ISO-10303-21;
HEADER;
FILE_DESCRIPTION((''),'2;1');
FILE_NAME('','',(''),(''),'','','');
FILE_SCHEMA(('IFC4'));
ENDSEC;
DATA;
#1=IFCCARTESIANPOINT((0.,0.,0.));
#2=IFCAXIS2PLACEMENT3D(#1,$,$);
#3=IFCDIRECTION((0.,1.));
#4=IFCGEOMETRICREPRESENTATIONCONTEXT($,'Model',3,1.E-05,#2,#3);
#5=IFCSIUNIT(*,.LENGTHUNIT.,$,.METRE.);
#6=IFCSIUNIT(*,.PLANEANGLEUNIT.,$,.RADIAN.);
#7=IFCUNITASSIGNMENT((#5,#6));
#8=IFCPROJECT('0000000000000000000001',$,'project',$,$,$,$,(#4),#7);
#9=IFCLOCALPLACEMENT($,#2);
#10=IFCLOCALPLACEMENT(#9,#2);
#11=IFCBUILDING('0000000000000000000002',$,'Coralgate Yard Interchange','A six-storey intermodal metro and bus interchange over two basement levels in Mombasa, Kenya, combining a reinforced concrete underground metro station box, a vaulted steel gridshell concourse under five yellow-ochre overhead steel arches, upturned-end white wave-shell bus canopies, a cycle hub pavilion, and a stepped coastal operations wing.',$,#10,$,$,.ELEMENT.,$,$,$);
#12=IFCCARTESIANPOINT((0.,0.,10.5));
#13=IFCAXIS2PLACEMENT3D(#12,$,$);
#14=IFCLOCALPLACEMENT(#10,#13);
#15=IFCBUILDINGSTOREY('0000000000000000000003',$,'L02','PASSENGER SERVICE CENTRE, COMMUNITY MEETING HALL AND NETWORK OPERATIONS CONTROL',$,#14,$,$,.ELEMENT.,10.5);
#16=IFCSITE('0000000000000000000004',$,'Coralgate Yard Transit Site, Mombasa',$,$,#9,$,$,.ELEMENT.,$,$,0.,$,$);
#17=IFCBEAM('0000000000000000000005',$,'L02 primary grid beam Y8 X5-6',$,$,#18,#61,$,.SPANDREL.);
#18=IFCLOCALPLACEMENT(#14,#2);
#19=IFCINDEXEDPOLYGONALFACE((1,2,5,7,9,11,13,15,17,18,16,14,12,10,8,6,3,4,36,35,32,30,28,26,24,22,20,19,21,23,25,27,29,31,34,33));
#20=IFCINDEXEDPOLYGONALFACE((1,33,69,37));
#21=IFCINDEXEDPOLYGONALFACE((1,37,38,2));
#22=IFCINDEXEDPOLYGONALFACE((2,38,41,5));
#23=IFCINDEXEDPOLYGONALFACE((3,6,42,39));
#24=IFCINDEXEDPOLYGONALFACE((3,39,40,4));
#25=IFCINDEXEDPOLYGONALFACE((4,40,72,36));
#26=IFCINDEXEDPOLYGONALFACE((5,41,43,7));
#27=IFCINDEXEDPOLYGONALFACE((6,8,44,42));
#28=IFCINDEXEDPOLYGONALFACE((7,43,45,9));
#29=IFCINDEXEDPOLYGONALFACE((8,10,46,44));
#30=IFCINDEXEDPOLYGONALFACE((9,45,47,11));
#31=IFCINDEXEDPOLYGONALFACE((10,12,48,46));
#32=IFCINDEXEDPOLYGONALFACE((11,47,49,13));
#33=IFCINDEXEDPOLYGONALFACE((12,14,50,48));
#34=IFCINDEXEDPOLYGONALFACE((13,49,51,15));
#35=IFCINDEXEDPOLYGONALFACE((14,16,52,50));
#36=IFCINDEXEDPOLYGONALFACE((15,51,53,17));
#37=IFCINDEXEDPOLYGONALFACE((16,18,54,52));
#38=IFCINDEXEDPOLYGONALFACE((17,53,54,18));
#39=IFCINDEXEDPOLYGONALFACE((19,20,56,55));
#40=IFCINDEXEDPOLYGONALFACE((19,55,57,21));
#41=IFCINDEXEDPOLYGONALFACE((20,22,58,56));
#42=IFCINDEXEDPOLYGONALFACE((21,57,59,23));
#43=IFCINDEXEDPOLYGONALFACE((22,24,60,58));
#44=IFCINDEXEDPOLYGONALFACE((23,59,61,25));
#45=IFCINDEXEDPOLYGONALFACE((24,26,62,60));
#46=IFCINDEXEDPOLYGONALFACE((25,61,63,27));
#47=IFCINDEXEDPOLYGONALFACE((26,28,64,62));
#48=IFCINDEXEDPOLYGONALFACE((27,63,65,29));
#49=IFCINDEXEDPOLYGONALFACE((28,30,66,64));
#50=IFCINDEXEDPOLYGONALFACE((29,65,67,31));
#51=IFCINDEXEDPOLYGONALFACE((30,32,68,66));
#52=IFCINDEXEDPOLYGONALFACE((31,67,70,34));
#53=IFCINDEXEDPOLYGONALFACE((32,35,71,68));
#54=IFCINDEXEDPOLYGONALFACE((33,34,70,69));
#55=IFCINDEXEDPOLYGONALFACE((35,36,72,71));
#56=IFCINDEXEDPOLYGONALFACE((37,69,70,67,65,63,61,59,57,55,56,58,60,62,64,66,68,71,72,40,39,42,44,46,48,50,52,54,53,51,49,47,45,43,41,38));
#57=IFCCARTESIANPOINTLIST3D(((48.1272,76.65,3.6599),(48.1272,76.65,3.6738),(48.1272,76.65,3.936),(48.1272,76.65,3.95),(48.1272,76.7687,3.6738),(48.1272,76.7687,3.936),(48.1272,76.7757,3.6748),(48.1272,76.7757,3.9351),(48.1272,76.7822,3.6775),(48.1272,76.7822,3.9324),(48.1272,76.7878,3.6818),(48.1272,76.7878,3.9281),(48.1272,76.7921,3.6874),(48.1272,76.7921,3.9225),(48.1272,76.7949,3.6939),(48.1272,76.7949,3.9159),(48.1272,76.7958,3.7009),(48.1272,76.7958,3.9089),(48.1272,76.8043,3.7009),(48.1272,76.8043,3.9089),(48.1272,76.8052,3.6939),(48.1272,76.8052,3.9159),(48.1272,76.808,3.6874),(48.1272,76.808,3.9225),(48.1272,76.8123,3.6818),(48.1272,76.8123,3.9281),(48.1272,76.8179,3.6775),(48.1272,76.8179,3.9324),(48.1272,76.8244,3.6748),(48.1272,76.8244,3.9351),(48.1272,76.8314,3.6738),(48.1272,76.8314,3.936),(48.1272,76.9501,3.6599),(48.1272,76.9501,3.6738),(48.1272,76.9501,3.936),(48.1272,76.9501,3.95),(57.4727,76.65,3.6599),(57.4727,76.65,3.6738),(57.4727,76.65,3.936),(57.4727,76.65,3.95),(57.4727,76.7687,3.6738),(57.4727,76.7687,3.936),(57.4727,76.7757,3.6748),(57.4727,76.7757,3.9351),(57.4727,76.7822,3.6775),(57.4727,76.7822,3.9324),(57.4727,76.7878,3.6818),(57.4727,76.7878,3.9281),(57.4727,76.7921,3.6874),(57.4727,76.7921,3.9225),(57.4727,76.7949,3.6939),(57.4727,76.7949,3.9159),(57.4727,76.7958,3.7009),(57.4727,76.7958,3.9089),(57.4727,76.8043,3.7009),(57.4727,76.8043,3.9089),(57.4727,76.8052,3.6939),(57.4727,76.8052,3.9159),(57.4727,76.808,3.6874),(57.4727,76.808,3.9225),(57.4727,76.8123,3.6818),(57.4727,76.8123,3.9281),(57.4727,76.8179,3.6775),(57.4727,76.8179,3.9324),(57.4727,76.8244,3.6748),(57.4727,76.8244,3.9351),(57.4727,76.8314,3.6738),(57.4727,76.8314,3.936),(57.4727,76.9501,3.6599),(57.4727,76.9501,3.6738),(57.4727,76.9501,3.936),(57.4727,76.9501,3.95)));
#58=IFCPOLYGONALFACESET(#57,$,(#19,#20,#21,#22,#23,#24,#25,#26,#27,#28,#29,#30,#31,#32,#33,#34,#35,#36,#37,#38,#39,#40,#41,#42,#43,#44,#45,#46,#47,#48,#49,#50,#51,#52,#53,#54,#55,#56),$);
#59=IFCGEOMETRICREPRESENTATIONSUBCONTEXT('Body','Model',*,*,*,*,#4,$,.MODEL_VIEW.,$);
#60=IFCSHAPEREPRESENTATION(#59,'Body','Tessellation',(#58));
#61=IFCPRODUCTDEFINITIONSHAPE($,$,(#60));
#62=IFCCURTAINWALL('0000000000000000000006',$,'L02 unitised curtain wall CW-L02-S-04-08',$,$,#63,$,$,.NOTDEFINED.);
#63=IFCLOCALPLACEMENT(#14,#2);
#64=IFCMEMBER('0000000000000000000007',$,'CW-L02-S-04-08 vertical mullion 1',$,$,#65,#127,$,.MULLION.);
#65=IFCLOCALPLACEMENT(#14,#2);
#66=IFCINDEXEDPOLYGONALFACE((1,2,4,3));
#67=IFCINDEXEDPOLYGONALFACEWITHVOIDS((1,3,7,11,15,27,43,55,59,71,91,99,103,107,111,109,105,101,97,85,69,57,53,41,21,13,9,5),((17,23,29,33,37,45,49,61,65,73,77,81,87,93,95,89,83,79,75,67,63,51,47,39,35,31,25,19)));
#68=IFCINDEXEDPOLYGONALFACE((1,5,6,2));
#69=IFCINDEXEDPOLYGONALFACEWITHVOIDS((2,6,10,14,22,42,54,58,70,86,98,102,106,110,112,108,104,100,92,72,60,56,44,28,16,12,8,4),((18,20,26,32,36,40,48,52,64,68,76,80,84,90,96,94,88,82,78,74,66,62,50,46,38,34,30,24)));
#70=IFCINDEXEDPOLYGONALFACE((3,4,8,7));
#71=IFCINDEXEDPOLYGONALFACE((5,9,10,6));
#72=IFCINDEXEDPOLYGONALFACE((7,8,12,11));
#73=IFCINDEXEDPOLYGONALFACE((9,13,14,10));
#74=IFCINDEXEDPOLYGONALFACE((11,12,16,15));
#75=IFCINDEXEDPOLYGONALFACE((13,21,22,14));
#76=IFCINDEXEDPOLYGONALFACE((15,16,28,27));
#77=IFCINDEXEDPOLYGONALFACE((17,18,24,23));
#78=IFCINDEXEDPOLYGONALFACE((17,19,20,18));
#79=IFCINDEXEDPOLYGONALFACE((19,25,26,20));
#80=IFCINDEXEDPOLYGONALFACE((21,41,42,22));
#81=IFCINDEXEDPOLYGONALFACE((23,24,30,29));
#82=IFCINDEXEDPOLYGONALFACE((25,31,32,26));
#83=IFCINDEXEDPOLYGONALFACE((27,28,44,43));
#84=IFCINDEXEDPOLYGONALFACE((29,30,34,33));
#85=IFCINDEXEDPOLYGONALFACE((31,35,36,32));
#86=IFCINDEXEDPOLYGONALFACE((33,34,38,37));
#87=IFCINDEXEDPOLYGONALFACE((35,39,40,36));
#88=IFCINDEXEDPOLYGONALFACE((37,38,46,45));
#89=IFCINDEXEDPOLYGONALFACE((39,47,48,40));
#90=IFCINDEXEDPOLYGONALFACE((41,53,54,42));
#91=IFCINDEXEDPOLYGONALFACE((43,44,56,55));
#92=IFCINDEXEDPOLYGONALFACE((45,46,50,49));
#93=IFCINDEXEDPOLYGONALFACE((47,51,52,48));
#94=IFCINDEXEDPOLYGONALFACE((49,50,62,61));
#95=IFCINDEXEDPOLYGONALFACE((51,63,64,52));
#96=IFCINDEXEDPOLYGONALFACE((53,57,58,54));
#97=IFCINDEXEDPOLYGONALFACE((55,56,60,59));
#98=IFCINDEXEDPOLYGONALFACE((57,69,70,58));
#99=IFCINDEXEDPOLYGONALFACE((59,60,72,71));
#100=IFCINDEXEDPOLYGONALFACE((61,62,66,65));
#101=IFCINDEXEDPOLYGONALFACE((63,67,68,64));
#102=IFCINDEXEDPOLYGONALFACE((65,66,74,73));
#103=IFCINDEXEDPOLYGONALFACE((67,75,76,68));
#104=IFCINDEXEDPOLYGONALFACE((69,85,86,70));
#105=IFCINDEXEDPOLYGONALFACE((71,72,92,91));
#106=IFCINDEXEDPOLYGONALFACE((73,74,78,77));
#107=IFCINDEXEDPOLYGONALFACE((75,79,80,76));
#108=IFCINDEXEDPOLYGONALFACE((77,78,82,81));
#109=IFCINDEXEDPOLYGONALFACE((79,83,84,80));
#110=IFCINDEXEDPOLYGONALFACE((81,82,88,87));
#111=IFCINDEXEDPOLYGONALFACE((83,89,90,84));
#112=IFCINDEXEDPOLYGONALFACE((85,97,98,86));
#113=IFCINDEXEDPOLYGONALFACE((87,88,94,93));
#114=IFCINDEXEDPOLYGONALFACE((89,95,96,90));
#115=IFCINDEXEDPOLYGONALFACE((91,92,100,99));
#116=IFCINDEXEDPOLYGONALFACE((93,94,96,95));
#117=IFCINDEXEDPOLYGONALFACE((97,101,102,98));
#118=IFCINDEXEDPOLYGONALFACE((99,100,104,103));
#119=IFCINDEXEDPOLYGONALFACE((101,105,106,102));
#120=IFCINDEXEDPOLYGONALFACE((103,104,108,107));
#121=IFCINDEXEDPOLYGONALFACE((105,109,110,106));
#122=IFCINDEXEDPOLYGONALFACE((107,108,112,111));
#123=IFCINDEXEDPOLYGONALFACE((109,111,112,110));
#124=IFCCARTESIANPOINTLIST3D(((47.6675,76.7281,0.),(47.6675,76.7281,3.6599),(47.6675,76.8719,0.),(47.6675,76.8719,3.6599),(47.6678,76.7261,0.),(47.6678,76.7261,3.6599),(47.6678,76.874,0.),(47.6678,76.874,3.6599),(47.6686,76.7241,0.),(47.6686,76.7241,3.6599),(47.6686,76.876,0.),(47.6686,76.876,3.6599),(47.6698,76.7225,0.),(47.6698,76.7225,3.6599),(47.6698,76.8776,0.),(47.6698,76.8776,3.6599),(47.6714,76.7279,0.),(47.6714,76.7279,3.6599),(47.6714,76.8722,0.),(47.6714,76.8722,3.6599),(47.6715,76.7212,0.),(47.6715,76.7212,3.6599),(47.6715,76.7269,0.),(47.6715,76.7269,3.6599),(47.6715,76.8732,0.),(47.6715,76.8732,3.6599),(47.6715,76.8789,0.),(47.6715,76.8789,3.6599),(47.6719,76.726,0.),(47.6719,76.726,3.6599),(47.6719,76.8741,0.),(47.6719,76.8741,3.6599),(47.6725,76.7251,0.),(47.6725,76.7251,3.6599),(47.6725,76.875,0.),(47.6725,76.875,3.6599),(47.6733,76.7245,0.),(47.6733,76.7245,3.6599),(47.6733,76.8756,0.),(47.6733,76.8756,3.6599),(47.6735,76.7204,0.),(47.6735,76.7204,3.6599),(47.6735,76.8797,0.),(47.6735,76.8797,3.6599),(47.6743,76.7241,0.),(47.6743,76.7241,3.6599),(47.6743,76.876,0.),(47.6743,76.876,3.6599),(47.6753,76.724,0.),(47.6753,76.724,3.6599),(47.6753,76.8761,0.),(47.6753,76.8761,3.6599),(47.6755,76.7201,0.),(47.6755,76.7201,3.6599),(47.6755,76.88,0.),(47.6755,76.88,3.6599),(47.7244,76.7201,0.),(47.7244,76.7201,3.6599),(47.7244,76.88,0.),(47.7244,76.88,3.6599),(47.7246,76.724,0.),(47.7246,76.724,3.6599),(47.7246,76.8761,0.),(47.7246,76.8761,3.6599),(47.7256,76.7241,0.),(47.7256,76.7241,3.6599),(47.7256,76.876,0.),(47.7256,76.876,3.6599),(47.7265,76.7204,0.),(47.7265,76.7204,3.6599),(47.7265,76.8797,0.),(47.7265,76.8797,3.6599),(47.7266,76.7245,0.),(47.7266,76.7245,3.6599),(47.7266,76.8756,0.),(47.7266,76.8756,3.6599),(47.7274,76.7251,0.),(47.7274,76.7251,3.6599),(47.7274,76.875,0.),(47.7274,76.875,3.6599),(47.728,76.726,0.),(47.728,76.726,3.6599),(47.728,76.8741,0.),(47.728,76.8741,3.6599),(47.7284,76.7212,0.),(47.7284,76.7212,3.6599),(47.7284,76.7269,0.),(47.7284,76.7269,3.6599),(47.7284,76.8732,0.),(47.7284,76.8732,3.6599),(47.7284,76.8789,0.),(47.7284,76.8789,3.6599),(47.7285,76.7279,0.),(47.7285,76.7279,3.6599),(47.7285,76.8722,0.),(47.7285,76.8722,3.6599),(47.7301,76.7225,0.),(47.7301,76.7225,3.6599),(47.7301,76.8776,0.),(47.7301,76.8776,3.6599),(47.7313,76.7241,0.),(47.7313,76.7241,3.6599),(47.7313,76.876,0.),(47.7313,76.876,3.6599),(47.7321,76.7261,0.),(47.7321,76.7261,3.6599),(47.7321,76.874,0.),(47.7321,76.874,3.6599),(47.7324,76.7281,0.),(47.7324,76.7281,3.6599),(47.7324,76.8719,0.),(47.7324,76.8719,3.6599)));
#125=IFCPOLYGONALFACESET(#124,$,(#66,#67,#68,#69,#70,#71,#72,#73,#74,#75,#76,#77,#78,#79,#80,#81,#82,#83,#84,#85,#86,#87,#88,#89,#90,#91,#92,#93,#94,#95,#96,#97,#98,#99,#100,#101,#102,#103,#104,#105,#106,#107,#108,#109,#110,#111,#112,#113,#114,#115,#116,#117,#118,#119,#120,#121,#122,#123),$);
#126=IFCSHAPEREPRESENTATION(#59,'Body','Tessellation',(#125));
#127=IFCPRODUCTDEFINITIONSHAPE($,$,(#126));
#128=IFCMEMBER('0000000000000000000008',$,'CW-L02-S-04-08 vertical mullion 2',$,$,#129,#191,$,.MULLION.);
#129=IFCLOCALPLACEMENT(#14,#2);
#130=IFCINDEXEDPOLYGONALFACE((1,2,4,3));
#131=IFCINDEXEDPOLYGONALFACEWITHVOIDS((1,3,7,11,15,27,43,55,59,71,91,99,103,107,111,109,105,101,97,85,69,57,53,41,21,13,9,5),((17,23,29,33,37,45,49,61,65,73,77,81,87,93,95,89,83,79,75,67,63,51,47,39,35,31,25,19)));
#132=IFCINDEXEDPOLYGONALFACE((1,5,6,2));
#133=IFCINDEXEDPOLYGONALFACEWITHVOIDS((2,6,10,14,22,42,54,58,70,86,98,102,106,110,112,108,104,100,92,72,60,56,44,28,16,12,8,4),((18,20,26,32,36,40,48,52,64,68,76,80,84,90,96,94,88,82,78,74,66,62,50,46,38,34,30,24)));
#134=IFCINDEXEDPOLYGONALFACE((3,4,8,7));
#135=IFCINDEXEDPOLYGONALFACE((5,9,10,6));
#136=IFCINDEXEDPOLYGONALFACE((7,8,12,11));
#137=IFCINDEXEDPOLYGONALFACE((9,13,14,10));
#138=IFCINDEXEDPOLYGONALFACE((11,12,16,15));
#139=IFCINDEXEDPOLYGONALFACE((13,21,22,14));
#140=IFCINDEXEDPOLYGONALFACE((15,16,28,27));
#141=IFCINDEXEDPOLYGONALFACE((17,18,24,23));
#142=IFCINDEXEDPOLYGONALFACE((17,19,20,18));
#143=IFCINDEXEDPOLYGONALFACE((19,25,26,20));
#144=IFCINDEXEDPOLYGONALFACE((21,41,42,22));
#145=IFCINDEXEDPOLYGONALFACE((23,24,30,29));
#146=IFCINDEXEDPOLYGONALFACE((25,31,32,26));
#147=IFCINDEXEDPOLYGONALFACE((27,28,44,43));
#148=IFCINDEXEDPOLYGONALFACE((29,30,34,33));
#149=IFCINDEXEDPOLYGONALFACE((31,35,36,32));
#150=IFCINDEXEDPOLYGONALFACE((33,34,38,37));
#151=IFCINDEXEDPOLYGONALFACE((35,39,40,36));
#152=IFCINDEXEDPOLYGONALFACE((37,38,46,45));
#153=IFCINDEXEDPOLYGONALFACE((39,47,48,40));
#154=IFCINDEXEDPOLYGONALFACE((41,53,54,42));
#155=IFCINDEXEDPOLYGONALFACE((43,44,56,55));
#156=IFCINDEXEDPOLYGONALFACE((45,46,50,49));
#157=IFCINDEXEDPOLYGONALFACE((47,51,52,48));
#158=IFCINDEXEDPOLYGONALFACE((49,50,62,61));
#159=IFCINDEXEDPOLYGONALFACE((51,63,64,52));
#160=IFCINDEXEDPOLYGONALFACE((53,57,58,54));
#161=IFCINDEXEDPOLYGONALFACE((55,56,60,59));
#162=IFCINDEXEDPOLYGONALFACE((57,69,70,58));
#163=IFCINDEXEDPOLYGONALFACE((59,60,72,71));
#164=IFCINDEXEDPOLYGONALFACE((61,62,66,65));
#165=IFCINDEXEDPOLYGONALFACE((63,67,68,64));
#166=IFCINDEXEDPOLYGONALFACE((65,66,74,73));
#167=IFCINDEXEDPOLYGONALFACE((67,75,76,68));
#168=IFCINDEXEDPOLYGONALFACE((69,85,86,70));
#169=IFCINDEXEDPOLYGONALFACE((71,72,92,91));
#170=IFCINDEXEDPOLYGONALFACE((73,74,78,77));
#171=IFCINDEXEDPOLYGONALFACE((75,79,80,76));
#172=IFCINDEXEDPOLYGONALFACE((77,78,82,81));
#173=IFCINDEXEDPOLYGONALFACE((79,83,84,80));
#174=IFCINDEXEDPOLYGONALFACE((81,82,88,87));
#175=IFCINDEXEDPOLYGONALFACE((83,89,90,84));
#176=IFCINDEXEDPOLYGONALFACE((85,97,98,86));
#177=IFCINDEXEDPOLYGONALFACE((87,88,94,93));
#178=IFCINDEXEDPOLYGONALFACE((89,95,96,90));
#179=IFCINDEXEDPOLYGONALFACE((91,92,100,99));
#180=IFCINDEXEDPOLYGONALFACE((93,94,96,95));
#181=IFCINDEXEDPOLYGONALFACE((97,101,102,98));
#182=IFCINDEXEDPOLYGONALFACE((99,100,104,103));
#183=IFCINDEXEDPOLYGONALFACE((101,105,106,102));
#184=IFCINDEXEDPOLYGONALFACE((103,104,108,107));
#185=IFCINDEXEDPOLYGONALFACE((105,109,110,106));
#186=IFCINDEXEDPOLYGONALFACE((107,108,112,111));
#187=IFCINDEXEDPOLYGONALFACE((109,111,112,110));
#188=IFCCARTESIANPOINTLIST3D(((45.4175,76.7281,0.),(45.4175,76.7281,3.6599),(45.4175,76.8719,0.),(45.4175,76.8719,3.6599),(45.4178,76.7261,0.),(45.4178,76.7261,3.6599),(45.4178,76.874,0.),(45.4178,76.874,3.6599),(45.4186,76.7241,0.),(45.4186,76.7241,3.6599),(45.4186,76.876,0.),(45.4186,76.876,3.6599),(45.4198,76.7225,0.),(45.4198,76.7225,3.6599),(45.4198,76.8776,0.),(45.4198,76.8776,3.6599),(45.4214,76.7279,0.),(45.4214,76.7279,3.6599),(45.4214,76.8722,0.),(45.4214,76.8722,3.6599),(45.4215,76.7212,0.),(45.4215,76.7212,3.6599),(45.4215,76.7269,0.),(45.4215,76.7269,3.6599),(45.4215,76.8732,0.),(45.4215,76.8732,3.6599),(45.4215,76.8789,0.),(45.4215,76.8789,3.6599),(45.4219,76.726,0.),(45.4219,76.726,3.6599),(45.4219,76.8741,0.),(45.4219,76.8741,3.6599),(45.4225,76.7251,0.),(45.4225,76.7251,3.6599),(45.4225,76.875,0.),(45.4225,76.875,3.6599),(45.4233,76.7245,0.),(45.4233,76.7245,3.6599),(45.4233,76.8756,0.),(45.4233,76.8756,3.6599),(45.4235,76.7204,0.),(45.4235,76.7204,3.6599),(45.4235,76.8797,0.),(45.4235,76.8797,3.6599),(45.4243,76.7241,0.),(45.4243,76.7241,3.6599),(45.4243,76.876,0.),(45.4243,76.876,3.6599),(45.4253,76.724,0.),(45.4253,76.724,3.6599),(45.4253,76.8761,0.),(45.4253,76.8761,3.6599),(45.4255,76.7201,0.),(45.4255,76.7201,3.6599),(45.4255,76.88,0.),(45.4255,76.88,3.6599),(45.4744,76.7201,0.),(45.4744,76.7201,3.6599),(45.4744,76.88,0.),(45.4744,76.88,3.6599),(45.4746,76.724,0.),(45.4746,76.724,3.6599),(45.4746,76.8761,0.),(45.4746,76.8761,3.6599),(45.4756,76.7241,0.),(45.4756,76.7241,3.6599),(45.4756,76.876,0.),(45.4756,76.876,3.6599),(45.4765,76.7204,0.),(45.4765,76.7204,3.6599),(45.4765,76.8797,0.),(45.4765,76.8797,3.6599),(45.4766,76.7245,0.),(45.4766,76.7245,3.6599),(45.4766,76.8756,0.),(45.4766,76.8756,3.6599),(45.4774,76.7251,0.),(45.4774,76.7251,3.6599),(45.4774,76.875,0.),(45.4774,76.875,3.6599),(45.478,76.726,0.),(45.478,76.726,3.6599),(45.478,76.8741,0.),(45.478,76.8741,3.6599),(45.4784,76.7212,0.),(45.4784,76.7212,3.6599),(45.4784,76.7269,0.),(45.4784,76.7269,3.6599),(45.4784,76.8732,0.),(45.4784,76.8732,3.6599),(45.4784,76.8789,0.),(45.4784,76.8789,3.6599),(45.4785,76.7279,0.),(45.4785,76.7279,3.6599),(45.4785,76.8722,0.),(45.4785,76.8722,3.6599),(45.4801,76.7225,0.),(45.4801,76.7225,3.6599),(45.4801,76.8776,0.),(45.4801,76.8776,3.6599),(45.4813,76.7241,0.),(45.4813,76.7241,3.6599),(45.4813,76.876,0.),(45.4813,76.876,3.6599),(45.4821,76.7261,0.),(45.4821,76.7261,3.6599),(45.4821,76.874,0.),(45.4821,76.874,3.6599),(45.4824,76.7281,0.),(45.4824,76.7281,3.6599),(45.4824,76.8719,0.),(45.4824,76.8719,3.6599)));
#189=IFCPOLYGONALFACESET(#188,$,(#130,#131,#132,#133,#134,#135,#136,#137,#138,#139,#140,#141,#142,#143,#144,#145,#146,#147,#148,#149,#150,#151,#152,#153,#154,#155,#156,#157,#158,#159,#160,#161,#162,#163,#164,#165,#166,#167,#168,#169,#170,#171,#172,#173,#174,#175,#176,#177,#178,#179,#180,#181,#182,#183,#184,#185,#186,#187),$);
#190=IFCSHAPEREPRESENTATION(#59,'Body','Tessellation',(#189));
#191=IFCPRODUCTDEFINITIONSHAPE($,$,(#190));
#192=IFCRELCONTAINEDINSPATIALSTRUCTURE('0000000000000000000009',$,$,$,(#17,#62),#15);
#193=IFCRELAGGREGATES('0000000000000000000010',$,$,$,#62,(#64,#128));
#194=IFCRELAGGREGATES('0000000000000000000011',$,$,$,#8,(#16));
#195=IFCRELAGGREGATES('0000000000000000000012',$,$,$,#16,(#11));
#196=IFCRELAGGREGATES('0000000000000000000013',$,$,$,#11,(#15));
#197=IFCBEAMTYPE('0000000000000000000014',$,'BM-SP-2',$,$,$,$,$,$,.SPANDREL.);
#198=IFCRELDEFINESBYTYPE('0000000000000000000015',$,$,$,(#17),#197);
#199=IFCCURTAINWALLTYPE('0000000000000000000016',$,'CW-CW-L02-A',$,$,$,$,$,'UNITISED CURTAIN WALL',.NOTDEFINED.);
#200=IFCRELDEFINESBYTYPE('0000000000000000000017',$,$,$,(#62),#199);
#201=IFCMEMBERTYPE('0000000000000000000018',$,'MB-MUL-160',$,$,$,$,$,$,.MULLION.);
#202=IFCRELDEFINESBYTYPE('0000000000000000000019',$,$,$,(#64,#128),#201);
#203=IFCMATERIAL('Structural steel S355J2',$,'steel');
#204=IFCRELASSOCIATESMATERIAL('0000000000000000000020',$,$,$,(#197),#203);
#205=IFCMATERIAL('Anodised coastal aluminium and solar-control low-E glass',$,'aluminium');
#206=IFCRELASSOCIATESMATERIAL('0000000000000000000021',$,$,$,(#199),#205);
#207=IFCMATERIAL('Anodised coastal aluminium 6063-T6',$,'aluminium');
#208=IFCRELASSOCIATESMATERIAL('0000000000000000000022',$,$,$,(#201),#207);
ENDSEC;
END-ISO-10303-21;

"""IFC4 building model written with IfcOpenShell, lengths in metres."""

from ifc_helpers import new_model, si_unit, direction, frame, origin, origin_2d, place, context, subcontext, project, spatial, hollow_rectangle, i_section, extrude, material, material_profile, profile_set, type_object, element, aggregate, save


model = new_model("IFC4")

# Units and contexts
model_context = context("Model", 3, precision=1e-05, world=origin(), true_north=direction((0.0, 1.0)))
body_context = subcontext(model_context, "Body", "Model", "MODEL_VIEW")
ifc_project = project(units=[si_unit("LENGTHUNIT", "METRE"), si_unit("PLANEANGLEUNIT", "RADIAN")], contexts=[model_context])

# Site, building, storey
site_placement = place(None, origin())
site = spatial("IfcSite", under=ifc_project, at=site_placement, Name="Coralgate Yard Transit Site, Mombasa", CompositionType="ELEMENT", RefElevation=0.0)
building_placement = place(site_placement, origin())
building = spatial("IfcBuilding", under=site, at=building_placement, Name="Coralgate Yard Interchange", Description="A six-storey intermodal metro and bus interchange over two basement levels in Mombasa, Kenya, combining a reinforced concrete underground metro station box, a vaulted steel gridshell concourse under five yellow-ochre overhead steel arches, upturned-end white wave-shell bus canopies, a cycle hub pavilion, and a stepped coastal operations wing.", CompositionType="ELEMENT")
storey_placement = place(building_placement, frame((0.0, 0.0, 10.5)))
storey = spatial("IfcBuildingStorey", under=building, at=storey_placement, Name="L02", Description="PASSENGER SERVICE CENTRE, COMMUNITY MEETING HALL AND NETWORK OPERATIONS CONTROL", CompositionType="ELEMENT", Elevation=10.5)

# Shared definitions
ifc_material_1 = material(Name="Structural steel S355J2", Category="steel")

# Beam
ifc_material_profile_1 = material_profile(ifc_material_1, i_section(OverallWidth=0.3, OverallDepth=0.29, WebThickness=0.0085, FlangeThickness=0.0139, FilletRadius=0.0271, at=origin_2d()), Name="HEA 300")
ifc_profile_set_1 = profile_set([ifc_material_profile_1], Name="Structural steel S355J2")
beam_type_1 = type_object("IfcBeamType", Name="BM-SP-2", PredefinedType="SPANDREL", material=ifc_profile_set_1)
beam_1_placement = place(storey_placement, frame((48.1272, 76.8, 3.8049), z_axis=(1.0, 0.0, 0.0), x_axis=(0.0, 1.0, 0.0)))
element("IfcBeam", 1, at=beam_1_placement, inside=storey, type_object=beam_type_1, Name="L02 primary grid beam Y8 X5-6", PredefinedType="SPANDREL", context=body_context, shape_type="SweptSolid", body=[
    extrude(i_section(OverallWidth=0.3, OverallDepth=0.29, WebThickness=0.0085, FlangeThickness=0.0139, FilletRadius=0.0271, at=origin_2d()), origin(), (0.0, 0.0, 1.0), 9.3455),
])

# Curtain wall, members
ifc_material_2 = material(Name="Anodised coastal aluminium and solar-control low-E glass", Category="aluminium")
curtain_wall_type = type_object("IfcCurtainWallType", Name="CW-CW-L02-A", ElementType="UNITISED CURTAIN WALL", PredefinedType="NOTDEFINED", material=ifc_material_2)
curtain_wall_placement = place(storey_placement, origin())
curtain_wall = element("IfcCurtainWall", 2, at=curtain_wall_placement, inside=storey, type_object=curtain_wall_type, Name="L02 unitised curtain wall CW-L02-S-04-08", PredefinedType="NOTDEFINED")
ifc_material_3 = material(Name="Anodised coastal aluminium 6063-T6", Category="aluminium")
ifc_material_profile_2 = material_profile(ifc_material_3, hollow_rectangle(XDim=0.0649, YDim=0.1599, WallThickness=0.0039, InnerFilletRadius=0.0039, OuterFilletRadius=0.0081, at=origin_2d()), Name="ALU 65x160x4")
ifc_profile_set_2 = profile_set([ifc_material_profile_2], Name="Anodised coastal aluminium 6063-T6")
member_type_1 = type_object("IfcMemberType", Name="MB-MUL-160", PredefinedType="MULLION", material=ifc_profile_set_2)
member_1_placement = place(storey_placement, frame((47.7, 76.8, 0.0), z_axis=(0.0, 0.0, 1.0), x_axis=(1.0, 0.0, 0.0)))
member_1 = element("IfcMember", 3, at=member_1_placement, type_object=member_type_1, Name="CW-L02-S-04-08 vertical mullion 1", PredefinedType="MULLION", context=body_context, shape_type="SweptSolid", body=[
    extrude(hollow_rectangle(XDim=0.0649, YDim=0.1599, WallThickness=0.0039, InnerFilletRadius=0.0039, OuterFilletRadius=0.0081, at=origin_2d()), origin(), (0.0, 0.0, 1.0), 3.6599),
])
member_2_placement = place(storey_placement, frame((45.45, 76.8, 0.0), z_axis=(0.0, 0.0, 1.0), x_axis=(1.0, 0.0, 0.0)))
member_2 = element("IfcMember", 4, at=member_2_placement, type_object=member_type_1, Name="CW-L02-S-04-08 vertical mullion 2", PredefinedType="MULLION", context=body_context, shape_type="SweptSolid", body=[
    extrude(hollow_rectangle(XDim=0.0649, YDim=0.1599, WallThickness=0.0039, InnerFilletRadius=0.0039, OuterFilletRadius=0.0081, at=origin_2d()), origin(), (0.0, 0.0, 1.0), 3.6599),
])
aggregate(curtain_wall, [member_1, member_2])

save(model, "model.ifc")
